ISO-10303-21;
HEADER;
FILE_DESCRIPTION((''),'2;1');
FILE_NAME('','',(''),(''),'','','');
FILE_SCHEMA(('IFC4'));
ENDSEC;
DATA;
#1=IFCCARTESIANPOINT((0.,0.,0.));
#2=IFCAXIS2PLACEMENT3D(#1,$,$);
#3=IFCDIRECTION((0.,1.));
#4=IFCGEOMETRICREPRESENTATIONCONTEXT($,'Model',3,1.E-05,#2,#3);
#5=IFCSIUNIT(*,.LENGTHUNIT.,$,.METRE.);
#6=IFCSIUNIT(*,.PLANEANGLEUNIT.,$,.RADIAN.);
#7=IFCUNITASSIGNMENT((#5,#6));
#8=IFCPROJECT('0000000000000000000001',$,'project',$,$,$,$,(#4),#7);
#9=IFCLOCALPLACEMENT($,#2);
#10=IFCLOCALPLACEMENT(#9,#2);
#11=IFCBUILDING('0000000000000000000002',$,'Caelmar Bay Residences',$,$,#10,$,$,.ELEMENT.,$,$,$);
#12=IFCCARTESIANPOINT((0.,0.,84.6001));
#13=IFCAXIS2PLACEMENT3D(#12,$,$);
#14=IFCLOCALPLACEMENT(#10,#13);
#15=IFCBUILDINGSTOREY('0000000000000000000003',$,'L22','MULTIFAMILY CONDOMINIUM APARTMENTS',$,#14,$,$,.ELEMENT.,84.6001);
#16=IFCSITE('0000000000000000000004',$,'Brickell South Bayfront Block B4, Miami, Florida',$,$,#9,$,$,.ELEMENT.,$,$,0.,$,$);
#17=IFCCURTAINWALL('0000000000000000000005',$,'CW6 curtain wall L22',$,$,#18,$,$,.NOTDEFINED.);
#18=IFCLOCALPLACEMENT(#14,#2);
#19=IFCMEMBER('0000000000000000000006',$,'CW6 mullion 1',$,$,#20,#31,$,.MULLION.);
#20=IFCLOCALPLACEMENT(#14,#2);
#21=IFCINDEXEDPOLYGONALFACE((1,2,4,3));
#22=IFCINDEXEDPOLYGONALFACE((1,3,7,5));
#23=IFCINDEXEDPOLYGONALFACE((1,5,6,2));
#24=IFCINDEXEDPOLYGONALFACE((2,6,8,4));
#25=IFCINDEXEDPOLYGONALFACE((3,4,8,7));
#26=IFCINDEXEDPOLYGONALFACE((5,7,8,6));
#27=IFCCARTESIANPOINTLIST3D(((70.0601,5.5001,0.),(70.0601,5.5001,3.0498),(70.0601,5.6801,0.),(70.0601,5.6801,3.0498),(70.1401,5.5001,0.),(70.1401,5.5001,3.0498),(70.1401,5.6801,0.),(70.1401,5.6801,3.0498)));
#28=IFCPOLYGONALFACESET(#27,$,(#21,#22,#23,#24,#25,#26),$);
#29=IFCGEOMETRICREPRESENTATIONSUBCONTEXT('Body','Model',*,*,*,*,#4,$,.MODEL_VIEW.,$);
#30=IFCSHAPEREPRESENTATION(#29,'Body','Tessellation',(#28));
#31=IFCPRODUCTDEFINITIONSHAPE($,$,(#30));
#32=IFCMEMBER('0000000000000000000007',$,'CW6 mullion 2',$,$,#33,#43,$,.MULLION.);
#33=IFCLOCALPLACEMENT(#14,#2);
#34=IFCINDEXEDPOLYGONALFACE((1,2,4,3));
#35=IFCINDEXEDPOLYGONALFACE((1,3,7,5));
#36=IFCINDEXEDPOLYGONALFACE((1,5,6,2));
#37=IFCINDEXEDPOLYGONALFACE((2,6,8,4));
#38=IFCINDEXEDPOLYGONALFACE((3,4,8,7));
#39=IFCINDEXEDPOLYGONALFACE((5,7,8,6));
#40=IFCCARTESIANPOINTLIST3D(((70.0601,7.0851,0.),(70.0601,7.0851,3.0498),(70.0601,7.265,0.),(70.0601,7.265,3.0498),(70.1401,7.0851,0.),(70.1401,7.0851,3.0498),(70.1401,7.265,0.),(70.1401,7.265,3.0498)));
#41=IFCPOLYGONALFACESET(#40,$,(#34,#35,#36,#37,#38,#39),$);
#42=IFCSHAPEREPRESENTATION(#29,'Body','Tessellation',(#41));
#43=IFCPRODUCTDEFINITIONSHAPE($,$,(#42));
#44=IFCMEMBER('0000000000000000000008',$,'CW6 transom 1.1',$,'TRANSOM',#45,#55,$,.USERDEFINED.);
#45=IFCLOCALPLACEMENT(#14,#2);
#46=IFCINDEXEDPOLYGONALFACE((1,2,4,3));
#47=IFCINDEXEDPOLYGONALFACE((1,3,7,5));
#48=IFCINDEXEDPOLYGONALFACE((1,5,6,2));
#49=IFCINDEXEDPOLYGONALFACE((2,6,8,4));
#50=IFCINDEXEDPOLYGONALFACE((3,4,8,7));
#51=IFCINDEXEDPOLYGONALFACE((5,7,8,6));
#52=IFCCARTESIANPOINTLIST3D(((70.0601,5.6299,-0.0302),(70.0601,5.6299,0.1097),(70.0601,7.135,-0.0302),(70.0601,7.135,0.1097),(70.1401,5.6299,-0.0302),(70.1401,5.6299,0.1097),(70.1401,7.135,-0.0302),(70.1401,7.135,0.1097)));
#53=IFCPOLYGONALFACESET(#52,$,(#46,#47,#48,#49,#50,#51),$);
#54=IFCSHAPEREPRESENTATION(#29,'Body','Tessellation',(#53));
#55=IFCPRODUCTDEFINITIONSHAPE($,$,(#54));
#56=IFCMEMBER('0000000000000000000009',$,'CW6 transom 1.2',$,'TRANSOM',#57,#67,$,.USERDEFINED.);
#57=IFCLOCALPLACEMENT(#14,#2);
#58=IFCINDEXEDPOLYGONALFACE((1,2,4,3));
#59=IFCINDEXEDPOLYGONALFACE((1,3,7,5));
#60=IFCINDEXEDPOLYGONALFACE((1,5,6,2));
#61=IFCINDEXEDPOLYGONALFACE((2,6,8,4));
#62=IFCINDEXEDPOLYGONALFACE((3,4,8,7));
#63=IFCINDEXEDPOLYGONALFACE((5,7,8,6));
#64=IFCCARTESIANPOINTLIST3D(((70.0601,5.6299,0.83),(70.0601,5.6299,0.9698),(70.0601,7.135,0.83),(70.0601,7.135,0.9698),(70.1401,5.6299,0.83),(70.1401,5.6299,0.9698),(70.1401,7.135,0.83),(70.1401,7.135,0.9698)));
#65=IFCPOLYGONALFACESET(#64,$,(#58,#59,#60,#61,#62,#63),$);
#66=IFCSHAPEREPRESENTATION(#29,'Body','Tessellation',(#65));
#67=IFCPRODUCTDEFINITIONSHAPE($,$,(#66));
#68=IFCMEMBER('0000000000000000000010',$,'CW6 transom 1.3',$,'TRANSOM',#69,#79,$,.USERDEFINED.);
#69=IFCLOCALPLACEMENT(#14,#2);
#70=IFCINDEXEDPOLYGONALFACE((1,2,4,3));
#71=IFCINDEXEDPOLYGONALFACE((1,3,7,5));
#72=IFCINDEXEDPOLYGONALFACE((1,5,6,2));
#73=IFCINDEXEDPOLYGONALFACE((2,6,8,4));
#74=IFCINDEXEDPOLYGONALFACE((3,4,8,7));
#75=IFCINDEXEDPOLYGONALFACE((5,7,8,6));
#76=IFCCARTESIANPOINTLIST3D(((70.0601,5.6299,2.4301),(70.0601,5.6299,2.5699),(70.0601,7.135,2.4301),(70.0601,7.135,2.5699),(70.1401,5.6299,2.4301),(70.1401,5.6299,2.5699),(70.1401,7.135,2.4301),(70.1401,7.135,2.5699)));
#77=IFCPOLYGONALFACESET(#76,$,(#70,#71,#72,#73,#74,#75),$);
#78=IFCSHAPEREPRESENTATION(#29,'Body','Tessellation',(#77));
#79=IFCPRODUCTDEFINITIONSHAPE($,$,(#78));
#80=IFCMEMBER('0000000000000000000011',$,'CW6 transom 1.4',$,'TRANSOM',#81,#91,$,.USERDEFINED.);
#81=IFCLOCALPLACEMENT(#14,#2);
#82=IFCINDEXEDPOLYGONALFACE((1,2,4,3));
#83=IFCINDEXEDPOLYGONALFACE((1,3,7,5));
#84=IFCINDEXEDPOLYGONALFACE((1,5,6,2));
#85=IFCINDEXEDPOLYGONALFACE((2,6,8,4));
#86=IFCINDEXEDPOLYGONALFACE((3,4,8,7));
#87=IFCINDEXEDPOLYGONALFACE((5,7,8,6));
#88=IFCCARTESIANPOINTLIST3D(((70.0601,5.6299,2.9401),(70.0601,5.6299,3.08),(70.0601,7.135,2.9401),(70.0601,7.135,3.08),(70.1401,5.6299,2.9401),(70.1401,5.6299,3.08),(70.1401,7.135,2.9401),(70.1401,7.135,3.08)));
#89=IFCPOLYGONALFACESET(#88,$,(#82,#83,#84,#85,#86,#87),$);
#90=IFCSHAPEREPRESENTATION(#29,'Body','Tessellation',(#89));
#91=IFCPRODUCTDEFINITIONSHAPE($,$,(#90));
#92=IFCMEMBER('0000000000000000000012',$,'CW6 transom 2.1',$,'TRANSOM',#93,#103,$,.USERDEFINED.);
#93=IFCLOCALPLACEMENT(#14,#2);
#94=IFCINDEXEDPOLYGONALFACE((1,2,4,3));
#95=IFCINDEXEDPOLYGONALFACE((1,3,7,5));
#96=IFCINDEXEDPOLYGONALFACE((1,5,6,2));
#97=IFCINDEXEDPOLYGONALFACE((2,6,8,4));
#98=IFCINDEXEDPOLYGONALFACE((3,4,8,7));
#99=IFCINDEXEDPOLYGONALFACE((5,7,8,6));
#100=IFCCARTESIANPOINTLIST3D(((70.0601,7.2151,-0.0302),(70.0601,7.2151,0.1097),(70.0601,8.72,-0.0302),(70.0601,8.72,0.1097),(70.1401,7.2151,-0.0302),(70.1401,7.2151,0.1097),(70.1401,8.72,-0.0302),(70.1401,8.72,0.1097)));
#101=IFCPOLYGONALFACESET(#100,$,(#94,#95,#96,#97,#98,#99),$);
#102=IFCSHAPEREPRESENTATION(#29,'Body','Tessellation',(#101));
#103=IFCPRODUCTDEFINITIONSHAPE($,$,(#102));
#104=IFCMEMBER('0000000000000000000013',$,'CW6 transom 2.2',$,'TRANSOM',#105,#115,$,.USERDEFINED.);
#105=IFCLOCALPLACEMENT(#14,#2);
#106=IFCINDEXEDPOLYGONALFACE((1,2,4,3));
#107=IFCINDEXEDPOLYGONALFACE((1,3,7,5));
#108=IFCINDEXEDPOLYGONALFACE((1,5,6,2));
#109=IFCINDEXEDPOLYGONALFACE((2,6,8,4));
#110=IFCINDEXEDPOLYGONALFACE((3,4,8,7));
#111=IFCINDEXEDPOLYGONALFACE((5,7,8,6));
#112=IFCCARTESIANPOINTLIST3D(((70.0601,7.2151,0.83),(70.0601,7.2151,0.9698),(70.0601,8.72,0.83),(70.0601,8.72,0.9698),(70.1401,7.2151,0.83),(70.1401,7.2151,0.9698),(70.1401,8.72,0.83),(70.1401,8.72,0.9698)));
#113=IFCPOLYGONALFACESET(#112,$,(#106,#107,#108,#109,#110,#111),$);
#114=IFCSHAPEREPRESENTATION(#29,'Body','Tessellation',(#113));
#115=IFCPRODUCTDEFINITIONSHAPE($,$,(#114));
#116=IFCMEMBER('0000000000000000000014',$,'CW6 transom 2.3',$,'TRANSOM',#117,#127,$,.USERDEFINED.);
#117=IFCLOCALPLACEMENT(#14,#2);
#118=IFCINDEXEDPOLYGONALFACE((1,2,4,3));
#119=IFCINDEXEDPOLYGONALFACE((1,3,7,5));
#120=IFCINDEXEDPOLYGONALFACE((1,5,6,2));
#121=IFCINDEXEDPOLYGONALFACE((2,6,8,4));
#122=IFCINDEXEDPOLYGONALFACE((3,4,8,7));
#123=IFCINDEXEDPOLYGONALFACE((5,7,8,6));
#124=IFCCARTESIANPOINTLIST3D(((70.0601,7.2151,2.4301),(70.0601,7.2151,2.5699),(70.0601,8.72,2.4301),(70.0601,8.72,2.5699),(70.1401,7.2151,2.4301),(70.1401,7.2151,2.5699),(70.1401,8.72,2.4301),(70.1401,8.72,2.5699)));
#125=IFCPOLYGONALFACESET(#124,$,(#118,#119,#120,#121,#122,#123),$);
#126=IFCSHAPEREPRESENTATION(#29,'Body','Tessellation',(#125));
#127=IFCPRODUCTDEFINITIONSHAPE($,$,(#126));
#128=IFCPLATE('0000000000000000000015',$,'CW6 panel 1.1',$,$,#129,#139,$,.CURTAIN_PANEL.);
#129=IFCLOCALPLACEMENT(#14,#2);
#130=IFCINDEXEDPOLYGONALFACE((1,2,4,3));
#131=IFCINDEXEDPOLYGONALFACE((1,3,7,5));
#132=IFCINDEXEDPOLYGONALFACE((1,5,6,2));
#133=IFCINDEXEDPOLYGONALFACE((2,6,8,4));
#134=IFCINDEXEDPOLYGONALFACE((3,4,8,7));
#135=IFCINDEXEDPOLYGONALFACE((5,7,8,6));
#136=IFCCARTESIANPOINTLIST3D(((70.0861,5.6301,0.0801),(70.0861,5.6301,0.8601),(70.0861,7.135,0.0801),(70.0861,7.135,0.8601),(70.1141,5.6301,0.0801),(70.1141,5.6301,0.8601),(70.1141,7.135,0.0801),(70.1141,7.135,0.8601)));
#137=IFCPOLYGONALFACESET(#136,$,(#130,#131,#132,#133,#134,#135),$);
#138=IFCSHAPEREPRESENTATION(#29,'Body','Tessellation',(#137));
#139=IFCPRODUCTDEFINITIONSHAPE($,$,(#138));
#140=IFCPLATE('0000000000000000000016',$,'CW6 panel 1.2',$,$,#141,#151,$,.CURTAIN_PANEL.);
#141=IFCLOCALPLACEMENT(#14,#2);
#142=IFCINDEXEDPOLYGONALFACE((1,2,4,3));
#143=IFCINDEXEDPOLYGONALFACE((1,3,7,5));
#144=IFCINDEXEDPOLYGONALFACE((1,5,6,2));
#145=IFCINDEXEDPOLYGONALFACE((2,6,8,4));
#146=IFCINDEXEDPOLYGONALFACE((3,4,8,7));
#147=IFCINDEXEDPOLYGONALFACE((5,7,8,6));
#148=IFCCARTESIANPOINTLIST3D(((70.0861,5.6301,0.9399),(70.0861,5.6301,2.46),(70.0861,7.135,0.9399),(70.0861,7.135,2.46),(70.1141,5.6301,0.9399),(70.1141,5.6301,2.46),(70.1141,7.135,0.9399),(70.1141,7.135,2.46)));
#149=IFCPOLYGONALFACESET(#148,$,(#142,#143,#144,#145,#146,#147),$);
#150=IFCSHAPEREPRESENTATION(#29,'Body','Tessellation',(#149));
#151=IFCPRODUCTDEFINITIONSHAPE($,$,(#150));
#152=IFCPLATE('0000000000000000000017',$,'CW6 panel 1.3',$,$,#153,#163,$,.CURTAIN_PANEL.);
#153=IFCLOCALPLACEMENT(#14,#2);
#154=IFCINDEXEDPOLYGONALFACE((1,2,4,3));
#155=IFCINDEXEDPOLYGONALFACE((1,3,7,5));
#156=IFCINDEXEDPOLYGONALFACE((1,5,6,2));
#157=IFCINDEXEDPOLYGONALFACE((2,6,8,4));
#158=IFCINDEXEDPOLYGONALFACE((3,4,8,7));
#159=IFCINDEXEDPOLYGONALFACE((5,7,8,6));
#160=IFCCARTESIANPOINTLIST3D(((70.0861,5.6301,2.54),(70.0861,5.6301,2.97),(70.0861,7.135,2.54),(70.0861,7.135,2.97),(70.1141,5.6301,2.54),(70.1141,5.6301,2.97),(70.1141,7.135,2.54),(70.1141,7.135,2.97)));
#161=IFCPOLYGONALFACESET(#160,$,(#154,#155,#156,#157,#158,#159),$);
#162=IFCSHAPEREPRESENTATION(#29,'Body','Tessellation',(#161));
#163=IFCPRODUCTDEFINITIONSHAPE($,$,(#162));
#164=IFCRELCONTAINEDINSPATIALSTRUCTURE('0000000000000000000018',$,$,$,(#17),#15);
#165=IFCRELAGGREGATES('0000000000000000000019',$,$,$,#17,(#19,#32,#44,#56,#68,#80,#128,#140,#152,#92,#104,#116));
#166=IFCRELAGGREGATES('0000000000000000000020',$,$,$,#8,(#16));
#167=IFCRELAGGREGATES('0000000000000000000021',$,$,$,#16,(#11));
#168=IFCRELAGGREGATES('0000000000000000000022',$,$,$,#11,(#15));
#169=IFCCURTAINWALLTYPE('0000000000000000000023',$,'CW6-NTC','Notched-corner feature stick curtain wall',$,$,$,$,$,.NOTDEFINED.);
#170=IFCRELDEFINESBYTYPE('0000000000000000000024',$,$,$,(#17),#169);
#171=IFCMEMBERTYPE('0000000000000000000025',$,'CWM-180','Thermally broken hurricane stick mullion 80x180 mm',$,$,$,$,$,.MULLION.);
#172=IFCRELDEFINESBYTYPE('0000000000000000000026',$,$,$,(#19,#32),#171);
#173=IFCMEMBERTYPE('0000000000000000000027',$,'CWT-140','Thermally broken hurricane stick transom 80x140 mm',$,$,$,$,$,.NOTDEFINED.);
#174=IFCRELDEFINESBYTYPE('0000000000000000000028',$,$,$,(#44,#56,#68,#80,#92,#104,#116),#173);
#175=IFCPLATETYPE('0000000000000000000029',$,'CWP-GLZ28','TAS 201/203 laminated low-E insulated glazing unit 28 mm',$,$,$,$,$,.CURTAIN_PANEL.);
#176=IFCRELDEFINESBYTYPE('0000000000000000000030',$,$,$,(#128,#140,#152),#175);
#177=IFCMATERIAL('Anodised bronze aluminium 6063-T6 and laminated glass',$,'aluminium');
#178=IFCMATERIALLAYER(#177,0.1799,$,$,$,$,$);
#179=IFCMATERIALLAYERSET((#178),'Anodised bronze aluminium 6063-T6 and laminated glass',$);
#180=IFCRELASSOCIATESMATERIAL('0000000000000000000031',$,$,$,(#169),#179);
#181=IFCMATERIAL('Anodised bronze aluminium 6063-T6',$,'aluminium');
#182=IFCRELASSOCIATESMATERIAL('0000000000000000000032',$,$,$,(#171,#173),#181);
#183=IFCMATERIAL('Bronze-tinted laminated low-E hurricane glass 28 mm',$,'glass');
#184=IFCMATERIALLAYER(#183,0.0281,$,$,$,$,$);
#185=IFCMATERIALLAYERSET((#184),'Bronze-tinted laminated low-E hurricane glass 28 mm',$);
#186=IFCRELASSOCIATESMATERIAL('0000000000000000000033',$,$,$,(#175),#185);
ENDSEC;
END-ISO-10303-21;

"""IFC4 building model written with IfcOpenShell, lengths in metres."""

from ifc_helpers import new_model, si_unit, direction, frame, origin, origin_2d, place, context, subcontext, project, spatial, rectangle, extrude, material, layer, layer_set, material_profile, profile_set, type_object, element, aggregate, save


model = new_model("IFC4")

# Units and contexts
model_context = context("Model", 3, precision=1e-05, world=origin(), true_north=direction((0.0, 1.0)))
body_context = subcontext(model_context, "Body", "Model", "MODEL_VIEW")
ifc_project = project(units=[si_unit("LENGTHUNIT", "METRE"), si_unit("PLANEANGLEUNIT", "RADIAN")], contexts=[model_context])

# Site, building, storey
site_placement = place(None, origin())
site = spatial("IfcSite", under=ifc_project, at=site_placement, Name="Brickell South Bayfront Block B4, Miami, Florida", CompositionType="ELEMENT", RefElevation=0.0)
building_placement = place(site_placement, origin())
building = spatial("IfcBuilding", under=site, at=building_placement, Name="Caelmar Bay Residences", CompositionType="ELEMENT")
storey_placement = place(building_placement, frame((0.0, 0.0, 84.6001)))
storey = spatial("IfcBuildingStorey", under=building, at=storey_placement, Name="L22", Description="MULTIFAMILY CONDOMINIUM APARTMENTS", CompositionType="ELEMENT", Elevation=84.6001)

# Curtain wall, members, plates
ifc_material_1 = material(Name="Anodised bronze aluminium 6063-T6 and laminated glass", Category="aluminium")
ifc_layer_1 = layer(ifc_material_1, 0.1799)
ifc_layer_set_1 = layer_set([ifc_layer_1], Name="Anodised bronze aluminium 6063-T6 and laminated glass")
curtain_wall_type = type_object("IfcCurtainWallType", Name="CW6-NTC", Description="Notched-corner feature stick curtain wall", PredefinedType="NOTDEFINED", material=ifc_layer_set_1)
curtain_wall_placement = place(storey_placement, origin())
curtain_wall = element("IfcCurtainWall", 1, at=curtain_wall_placement, inside=storey, type_object=curtain_wall_type, Name="CW6 curtain wall L22", PredefinedType="NOTDEFINED")
ifc_material_2 = material(Name="Anodised bronze aluminium 6063-T6", Category="aluminium")
ifc_material_profile_1 = material_profile(ifc_material_2, rectangle(XDim=0.0801, YDim=0.1799, at=origin_2d()), Name="CWM-80X180")
ifc_profile_set_1 = profile_set([ifc_material_profile_1], Name="Anodised bronze aluminium 6063-T6")
member_type_1 = type_object("IfcMemberType", Name="CWM-180", Description="Thermally broken hurricane stick mullion 80x180 mm", PredefinedType="MULLION", material=ifc_profile_set_1)
member_1_placement = place(storey_placement, frame((70.1001, 5.5901, 0.0), z_axis=(0.0, 0.0, 1.0), x_axis=(-1.0, 0.0, 0.0)))
member_1 = element("IfcMember", 2, at=member_1_placement, type_object=member_type_1, Name="CW6 mullion 1", PredefinedType="MULLION", context=body_context, shape_type="SweptSolid", body=[
    extrude(rectangle(XDim=0.0801, YDim=0.1799, at=origin_2d()), origin(), (0.0, 0.0, 1.0), 3.0498),
])
member_2_placement = place(storey_placement, frame((70.1001, 7.175, 0.0), z_axis=(0.0, 0.0, 1.0), x_axis=(-1.0, 0.0, 0.0)))
member_2 = element("IfcMember", 3, at=member_2_placement, type_object=member_type_1, Name="CW6 mullion 2", PredefinedType="MULLION", context=body_context, shape_type="SweptSolid", body=[
    extrude(rectangle(XDim=0.0801, YDim=0.1799, at=origin_2d()), origin(), (0.0, 0.0, 1.0), 3.0498),
])
ifc_material_profile_2 = material_profile(ifc_material_2, rectangle(XDim=0.0801, YDim=0.1399, at=origin_2d()), Name="CWT-80X140")
ifc_profile_set_2 = profile_set([ifc_material_profile_2], Name="Anodised bronze aluminium 6063-T6")
member_type_2 = type_object("IfcMemberType", Name="CWT-140", Description="Thermally broken hurricane stick transom 80x140 mm", PredefinedType="NOTDEFINED", material=ifc_profile_set_2)
member_3_placement = place(storey_placement, frame((70.1001, 5.6299, 0.0398), z_axis=(0.0, 1.0, 0.0), x_axis=(-1.0, 0.0, 0.0)))
member_3 = element("IfcMember", 4, at=member_3_placement, type_object=member_type_2, Name="CW6 transom 1.1", ObjectType="TRANSOM", PredefinedType="USERDEFINED", context=body_context, shape_type="SweptSolid", body=[
    extrude(rectangle(XDim=0.0801, YDim=0.1399, at=origin_2d()), origin(), (0.0, 0.0, 1.0), 1.5051),
])
member_4_placement = place(storey_placement, frame((70.1001, 5.6299, 0.8999), z_axis=(0.0, 1.0, 0.0), x_axis=(-1.0, 0.0, 0.0)))
member_4 = element("IfcMember", 5, at=member_4_placement, type_object=member_type_2, Name="CW6 transom 1.2", ObjectType="TRANSOM", PredefinedType="USERDEFINED", context=body_context, shape_type="SweptSolid", body=[
    extrude(rectangle(XDim=0.0801, YDim=0.1399, at=origin_2d()), origin(), (0.0, 0.0, 1.0), 1.5051),
])
member_5_placement = place(storey_placement, frame((70.1001, 5.6299, 2.5), z_axis=(0.0, 1.0, 0.0), x_axis=(-1.0, 0.0, 0.0)))
member_5 = element("IfcMember", 6, at=member_5_placement, type_object=member_type_2, Name="CW6 transom 1.3", ObjectType="TRANSOM", PredefinedType="USERDEFINED", context=body_context, shape_type="SweptSolid", body=[
    extrude(rectangle(XDim=0.0801, YDim=0.1399, at=origin_2d()), origin(), (0.0, 0.0, 1.0), 1.5051),
])
member_6_placement = place(storey_placement, frame((70.1001, 5.6299, 3.01), z_axis=(0.0, 1.0, 0.0), x_axis=(-1.0, 0.0, 0.0)))
member_6 = element("IfcMember", 7, at=member_6_placement, type_object=member_type_2, Name="CW6 transom 1.4", ObjectType="TRANSOM", PredefinedType="USERDEFINED", context=body_context, shape_type="SweptSolid", body=[
    extrude(rectangle(XDim=0.0801, YDim=0.1399, at=origin_2d()), origin(), (0.0, 0.0, 1.0), 1.5051),
])
member_7_placement = place(storey_placement, frame((70.1001, 7.2151, 0.0398), z_axis=(0.0, 1.0, 0.0), x_axis=(-1.0, 0.0, 0.0)))
member_7 = element("IfcMember", 8, at=member_7_placement, type_object=member_type_2, Name="CW6 transom 2.1", ObjectType="TRANSOM", PredefinedType="USERDEFINED", context=body_context, shape_type="SweptSolid", body=[
    extrude(rectangle(XDim=0.0801, YDim=0.1399, at=origin_2d()), origin(), (0.0, 0.0, 1.0), 1.5049),
])
member_8_placement = place(storey_placement, frame((70.1001, 7.2151, 0.8999), z_axis=(0.0, 1.0, 0.0), x_axis=(-1.0, 0.0, 0.0)))
member_8 = element("IfcMember", 9, at=member_8_placement, type_object=member_type_2, Name="CW6 transom 2.2", ObjectType="TRANSOM", PredefinedType="USERDEFINED", context=body_context, shape_type="SweptSolid", body=[
    extrude(rectangle(XDim=0.0801, YDim=0.1399, at=origin_2d()), origin(), (0.0, 0.0, 1.0), 1.5049),
])
member_9_placement = place(storey_placement, frame((70.1001, 7.2151, 2.5), z_axis=(0.0, 1.0, 0.0), x_axis=(-1.0, 0.0, 0.0)))
member_9 = element("IfcMember", 10, at=member_9_placement, type_object=member_type_2, Name="CW6 transom 2.3", ObjectType="TRANSOM", PredefinedType="USERDEFINED", context=body_context, shape_type="SweptSolid", body=[
    extrude(rectangle(XDim=0.0801, YDim=0.1399, at=origin_2d()), origin(), (0.0, 0.0, 1.0), 1.5049),
])
ifc_material_3 = material(Name="Bronze-tinted laminated low-E hurricane glass 28 mm", Category="glass")
ifc_layer_2 = layer(ifc_material_3, 0.0281)
ifc_layer_set_2 = layer_set([ifc_layer_2], Name="Bronze-tinted laminated low-E hurricane glass 28 mm")
plate_type = type_object("IfcPlateType", Name="CWP-GLZ28", Description="TAS 201/203 laminated low-E insulated glazing unit 28 mm", PredefinedType="CURTAIN_PANEL", material=ifc_layer_set_2)
plate_1_placement = place(storey_placement, frame((70.1001, 6.3826, 0.0801), z_axis=(0.0, 0.0, 1.0), x_axis=(0.0, 1.0, 0.0)))
plate_1 = element("IfcPlate", 11, at=plate_1_placement, type_object=plate_type, Name="CW6 panel 1.1", PredefinedType="CURTAIN_PANEL", context=body_context, shape_type="SweptSolid", body=[
    extrude(rectangle(XDim=1.5049, YDim=0.0281, at=origin_2d()), origin(), (0.0, 0.0, 1.0), 0.78),
])
plate_2_placement = place(storey_placement, frame((70.1001, 6.3826, 0.9399), z_axis=(0.0, 0.0, 1.0), x_axis=(0.0, 1.0, 0.0)))
plate_2 = element("IfcPlate", 12, at=plate_2_placement, type_object=plate_type, Name="CW6 panel 1.2", PredefinedType="CURTAIN_PANEL", context=body_context, shape_type="SweptSolid", body=[
    extrude(rectangle(XDim=1.5049, YDim=0.0281, at=origin_2d()), origin(), (0.0, 0.0, 1.0), 1.52),
])
plate_3_placement = place(storey_placement, frame((70.1001, 6.3826, 2.54), z_axis=(0.0, 0.0, 1.0), x_axis=(0.0, 1.0, 0.0)))
plate_3 = element("IfcPlate", 13, at=plate_3_placement, type_object=plate_type, Name="CW6 panel 1.3", PredefinedType="CURTAIN_PANEL", context=body_context, shape_type="SweptSolid", body=[
    extrude(rectangle(XDim=1.5049, YDim=0.0281, at=origin_2d()), origin(), (0.0, 0.0, 1.0), 0.4299),
])
aggregate(curtain_wall, [member_1, member_2, member_3, member_4, member_5, member_6, plate_1, plate_2, plate_3, member_7, member_8, member_9])

save(model, "model.ifc")
